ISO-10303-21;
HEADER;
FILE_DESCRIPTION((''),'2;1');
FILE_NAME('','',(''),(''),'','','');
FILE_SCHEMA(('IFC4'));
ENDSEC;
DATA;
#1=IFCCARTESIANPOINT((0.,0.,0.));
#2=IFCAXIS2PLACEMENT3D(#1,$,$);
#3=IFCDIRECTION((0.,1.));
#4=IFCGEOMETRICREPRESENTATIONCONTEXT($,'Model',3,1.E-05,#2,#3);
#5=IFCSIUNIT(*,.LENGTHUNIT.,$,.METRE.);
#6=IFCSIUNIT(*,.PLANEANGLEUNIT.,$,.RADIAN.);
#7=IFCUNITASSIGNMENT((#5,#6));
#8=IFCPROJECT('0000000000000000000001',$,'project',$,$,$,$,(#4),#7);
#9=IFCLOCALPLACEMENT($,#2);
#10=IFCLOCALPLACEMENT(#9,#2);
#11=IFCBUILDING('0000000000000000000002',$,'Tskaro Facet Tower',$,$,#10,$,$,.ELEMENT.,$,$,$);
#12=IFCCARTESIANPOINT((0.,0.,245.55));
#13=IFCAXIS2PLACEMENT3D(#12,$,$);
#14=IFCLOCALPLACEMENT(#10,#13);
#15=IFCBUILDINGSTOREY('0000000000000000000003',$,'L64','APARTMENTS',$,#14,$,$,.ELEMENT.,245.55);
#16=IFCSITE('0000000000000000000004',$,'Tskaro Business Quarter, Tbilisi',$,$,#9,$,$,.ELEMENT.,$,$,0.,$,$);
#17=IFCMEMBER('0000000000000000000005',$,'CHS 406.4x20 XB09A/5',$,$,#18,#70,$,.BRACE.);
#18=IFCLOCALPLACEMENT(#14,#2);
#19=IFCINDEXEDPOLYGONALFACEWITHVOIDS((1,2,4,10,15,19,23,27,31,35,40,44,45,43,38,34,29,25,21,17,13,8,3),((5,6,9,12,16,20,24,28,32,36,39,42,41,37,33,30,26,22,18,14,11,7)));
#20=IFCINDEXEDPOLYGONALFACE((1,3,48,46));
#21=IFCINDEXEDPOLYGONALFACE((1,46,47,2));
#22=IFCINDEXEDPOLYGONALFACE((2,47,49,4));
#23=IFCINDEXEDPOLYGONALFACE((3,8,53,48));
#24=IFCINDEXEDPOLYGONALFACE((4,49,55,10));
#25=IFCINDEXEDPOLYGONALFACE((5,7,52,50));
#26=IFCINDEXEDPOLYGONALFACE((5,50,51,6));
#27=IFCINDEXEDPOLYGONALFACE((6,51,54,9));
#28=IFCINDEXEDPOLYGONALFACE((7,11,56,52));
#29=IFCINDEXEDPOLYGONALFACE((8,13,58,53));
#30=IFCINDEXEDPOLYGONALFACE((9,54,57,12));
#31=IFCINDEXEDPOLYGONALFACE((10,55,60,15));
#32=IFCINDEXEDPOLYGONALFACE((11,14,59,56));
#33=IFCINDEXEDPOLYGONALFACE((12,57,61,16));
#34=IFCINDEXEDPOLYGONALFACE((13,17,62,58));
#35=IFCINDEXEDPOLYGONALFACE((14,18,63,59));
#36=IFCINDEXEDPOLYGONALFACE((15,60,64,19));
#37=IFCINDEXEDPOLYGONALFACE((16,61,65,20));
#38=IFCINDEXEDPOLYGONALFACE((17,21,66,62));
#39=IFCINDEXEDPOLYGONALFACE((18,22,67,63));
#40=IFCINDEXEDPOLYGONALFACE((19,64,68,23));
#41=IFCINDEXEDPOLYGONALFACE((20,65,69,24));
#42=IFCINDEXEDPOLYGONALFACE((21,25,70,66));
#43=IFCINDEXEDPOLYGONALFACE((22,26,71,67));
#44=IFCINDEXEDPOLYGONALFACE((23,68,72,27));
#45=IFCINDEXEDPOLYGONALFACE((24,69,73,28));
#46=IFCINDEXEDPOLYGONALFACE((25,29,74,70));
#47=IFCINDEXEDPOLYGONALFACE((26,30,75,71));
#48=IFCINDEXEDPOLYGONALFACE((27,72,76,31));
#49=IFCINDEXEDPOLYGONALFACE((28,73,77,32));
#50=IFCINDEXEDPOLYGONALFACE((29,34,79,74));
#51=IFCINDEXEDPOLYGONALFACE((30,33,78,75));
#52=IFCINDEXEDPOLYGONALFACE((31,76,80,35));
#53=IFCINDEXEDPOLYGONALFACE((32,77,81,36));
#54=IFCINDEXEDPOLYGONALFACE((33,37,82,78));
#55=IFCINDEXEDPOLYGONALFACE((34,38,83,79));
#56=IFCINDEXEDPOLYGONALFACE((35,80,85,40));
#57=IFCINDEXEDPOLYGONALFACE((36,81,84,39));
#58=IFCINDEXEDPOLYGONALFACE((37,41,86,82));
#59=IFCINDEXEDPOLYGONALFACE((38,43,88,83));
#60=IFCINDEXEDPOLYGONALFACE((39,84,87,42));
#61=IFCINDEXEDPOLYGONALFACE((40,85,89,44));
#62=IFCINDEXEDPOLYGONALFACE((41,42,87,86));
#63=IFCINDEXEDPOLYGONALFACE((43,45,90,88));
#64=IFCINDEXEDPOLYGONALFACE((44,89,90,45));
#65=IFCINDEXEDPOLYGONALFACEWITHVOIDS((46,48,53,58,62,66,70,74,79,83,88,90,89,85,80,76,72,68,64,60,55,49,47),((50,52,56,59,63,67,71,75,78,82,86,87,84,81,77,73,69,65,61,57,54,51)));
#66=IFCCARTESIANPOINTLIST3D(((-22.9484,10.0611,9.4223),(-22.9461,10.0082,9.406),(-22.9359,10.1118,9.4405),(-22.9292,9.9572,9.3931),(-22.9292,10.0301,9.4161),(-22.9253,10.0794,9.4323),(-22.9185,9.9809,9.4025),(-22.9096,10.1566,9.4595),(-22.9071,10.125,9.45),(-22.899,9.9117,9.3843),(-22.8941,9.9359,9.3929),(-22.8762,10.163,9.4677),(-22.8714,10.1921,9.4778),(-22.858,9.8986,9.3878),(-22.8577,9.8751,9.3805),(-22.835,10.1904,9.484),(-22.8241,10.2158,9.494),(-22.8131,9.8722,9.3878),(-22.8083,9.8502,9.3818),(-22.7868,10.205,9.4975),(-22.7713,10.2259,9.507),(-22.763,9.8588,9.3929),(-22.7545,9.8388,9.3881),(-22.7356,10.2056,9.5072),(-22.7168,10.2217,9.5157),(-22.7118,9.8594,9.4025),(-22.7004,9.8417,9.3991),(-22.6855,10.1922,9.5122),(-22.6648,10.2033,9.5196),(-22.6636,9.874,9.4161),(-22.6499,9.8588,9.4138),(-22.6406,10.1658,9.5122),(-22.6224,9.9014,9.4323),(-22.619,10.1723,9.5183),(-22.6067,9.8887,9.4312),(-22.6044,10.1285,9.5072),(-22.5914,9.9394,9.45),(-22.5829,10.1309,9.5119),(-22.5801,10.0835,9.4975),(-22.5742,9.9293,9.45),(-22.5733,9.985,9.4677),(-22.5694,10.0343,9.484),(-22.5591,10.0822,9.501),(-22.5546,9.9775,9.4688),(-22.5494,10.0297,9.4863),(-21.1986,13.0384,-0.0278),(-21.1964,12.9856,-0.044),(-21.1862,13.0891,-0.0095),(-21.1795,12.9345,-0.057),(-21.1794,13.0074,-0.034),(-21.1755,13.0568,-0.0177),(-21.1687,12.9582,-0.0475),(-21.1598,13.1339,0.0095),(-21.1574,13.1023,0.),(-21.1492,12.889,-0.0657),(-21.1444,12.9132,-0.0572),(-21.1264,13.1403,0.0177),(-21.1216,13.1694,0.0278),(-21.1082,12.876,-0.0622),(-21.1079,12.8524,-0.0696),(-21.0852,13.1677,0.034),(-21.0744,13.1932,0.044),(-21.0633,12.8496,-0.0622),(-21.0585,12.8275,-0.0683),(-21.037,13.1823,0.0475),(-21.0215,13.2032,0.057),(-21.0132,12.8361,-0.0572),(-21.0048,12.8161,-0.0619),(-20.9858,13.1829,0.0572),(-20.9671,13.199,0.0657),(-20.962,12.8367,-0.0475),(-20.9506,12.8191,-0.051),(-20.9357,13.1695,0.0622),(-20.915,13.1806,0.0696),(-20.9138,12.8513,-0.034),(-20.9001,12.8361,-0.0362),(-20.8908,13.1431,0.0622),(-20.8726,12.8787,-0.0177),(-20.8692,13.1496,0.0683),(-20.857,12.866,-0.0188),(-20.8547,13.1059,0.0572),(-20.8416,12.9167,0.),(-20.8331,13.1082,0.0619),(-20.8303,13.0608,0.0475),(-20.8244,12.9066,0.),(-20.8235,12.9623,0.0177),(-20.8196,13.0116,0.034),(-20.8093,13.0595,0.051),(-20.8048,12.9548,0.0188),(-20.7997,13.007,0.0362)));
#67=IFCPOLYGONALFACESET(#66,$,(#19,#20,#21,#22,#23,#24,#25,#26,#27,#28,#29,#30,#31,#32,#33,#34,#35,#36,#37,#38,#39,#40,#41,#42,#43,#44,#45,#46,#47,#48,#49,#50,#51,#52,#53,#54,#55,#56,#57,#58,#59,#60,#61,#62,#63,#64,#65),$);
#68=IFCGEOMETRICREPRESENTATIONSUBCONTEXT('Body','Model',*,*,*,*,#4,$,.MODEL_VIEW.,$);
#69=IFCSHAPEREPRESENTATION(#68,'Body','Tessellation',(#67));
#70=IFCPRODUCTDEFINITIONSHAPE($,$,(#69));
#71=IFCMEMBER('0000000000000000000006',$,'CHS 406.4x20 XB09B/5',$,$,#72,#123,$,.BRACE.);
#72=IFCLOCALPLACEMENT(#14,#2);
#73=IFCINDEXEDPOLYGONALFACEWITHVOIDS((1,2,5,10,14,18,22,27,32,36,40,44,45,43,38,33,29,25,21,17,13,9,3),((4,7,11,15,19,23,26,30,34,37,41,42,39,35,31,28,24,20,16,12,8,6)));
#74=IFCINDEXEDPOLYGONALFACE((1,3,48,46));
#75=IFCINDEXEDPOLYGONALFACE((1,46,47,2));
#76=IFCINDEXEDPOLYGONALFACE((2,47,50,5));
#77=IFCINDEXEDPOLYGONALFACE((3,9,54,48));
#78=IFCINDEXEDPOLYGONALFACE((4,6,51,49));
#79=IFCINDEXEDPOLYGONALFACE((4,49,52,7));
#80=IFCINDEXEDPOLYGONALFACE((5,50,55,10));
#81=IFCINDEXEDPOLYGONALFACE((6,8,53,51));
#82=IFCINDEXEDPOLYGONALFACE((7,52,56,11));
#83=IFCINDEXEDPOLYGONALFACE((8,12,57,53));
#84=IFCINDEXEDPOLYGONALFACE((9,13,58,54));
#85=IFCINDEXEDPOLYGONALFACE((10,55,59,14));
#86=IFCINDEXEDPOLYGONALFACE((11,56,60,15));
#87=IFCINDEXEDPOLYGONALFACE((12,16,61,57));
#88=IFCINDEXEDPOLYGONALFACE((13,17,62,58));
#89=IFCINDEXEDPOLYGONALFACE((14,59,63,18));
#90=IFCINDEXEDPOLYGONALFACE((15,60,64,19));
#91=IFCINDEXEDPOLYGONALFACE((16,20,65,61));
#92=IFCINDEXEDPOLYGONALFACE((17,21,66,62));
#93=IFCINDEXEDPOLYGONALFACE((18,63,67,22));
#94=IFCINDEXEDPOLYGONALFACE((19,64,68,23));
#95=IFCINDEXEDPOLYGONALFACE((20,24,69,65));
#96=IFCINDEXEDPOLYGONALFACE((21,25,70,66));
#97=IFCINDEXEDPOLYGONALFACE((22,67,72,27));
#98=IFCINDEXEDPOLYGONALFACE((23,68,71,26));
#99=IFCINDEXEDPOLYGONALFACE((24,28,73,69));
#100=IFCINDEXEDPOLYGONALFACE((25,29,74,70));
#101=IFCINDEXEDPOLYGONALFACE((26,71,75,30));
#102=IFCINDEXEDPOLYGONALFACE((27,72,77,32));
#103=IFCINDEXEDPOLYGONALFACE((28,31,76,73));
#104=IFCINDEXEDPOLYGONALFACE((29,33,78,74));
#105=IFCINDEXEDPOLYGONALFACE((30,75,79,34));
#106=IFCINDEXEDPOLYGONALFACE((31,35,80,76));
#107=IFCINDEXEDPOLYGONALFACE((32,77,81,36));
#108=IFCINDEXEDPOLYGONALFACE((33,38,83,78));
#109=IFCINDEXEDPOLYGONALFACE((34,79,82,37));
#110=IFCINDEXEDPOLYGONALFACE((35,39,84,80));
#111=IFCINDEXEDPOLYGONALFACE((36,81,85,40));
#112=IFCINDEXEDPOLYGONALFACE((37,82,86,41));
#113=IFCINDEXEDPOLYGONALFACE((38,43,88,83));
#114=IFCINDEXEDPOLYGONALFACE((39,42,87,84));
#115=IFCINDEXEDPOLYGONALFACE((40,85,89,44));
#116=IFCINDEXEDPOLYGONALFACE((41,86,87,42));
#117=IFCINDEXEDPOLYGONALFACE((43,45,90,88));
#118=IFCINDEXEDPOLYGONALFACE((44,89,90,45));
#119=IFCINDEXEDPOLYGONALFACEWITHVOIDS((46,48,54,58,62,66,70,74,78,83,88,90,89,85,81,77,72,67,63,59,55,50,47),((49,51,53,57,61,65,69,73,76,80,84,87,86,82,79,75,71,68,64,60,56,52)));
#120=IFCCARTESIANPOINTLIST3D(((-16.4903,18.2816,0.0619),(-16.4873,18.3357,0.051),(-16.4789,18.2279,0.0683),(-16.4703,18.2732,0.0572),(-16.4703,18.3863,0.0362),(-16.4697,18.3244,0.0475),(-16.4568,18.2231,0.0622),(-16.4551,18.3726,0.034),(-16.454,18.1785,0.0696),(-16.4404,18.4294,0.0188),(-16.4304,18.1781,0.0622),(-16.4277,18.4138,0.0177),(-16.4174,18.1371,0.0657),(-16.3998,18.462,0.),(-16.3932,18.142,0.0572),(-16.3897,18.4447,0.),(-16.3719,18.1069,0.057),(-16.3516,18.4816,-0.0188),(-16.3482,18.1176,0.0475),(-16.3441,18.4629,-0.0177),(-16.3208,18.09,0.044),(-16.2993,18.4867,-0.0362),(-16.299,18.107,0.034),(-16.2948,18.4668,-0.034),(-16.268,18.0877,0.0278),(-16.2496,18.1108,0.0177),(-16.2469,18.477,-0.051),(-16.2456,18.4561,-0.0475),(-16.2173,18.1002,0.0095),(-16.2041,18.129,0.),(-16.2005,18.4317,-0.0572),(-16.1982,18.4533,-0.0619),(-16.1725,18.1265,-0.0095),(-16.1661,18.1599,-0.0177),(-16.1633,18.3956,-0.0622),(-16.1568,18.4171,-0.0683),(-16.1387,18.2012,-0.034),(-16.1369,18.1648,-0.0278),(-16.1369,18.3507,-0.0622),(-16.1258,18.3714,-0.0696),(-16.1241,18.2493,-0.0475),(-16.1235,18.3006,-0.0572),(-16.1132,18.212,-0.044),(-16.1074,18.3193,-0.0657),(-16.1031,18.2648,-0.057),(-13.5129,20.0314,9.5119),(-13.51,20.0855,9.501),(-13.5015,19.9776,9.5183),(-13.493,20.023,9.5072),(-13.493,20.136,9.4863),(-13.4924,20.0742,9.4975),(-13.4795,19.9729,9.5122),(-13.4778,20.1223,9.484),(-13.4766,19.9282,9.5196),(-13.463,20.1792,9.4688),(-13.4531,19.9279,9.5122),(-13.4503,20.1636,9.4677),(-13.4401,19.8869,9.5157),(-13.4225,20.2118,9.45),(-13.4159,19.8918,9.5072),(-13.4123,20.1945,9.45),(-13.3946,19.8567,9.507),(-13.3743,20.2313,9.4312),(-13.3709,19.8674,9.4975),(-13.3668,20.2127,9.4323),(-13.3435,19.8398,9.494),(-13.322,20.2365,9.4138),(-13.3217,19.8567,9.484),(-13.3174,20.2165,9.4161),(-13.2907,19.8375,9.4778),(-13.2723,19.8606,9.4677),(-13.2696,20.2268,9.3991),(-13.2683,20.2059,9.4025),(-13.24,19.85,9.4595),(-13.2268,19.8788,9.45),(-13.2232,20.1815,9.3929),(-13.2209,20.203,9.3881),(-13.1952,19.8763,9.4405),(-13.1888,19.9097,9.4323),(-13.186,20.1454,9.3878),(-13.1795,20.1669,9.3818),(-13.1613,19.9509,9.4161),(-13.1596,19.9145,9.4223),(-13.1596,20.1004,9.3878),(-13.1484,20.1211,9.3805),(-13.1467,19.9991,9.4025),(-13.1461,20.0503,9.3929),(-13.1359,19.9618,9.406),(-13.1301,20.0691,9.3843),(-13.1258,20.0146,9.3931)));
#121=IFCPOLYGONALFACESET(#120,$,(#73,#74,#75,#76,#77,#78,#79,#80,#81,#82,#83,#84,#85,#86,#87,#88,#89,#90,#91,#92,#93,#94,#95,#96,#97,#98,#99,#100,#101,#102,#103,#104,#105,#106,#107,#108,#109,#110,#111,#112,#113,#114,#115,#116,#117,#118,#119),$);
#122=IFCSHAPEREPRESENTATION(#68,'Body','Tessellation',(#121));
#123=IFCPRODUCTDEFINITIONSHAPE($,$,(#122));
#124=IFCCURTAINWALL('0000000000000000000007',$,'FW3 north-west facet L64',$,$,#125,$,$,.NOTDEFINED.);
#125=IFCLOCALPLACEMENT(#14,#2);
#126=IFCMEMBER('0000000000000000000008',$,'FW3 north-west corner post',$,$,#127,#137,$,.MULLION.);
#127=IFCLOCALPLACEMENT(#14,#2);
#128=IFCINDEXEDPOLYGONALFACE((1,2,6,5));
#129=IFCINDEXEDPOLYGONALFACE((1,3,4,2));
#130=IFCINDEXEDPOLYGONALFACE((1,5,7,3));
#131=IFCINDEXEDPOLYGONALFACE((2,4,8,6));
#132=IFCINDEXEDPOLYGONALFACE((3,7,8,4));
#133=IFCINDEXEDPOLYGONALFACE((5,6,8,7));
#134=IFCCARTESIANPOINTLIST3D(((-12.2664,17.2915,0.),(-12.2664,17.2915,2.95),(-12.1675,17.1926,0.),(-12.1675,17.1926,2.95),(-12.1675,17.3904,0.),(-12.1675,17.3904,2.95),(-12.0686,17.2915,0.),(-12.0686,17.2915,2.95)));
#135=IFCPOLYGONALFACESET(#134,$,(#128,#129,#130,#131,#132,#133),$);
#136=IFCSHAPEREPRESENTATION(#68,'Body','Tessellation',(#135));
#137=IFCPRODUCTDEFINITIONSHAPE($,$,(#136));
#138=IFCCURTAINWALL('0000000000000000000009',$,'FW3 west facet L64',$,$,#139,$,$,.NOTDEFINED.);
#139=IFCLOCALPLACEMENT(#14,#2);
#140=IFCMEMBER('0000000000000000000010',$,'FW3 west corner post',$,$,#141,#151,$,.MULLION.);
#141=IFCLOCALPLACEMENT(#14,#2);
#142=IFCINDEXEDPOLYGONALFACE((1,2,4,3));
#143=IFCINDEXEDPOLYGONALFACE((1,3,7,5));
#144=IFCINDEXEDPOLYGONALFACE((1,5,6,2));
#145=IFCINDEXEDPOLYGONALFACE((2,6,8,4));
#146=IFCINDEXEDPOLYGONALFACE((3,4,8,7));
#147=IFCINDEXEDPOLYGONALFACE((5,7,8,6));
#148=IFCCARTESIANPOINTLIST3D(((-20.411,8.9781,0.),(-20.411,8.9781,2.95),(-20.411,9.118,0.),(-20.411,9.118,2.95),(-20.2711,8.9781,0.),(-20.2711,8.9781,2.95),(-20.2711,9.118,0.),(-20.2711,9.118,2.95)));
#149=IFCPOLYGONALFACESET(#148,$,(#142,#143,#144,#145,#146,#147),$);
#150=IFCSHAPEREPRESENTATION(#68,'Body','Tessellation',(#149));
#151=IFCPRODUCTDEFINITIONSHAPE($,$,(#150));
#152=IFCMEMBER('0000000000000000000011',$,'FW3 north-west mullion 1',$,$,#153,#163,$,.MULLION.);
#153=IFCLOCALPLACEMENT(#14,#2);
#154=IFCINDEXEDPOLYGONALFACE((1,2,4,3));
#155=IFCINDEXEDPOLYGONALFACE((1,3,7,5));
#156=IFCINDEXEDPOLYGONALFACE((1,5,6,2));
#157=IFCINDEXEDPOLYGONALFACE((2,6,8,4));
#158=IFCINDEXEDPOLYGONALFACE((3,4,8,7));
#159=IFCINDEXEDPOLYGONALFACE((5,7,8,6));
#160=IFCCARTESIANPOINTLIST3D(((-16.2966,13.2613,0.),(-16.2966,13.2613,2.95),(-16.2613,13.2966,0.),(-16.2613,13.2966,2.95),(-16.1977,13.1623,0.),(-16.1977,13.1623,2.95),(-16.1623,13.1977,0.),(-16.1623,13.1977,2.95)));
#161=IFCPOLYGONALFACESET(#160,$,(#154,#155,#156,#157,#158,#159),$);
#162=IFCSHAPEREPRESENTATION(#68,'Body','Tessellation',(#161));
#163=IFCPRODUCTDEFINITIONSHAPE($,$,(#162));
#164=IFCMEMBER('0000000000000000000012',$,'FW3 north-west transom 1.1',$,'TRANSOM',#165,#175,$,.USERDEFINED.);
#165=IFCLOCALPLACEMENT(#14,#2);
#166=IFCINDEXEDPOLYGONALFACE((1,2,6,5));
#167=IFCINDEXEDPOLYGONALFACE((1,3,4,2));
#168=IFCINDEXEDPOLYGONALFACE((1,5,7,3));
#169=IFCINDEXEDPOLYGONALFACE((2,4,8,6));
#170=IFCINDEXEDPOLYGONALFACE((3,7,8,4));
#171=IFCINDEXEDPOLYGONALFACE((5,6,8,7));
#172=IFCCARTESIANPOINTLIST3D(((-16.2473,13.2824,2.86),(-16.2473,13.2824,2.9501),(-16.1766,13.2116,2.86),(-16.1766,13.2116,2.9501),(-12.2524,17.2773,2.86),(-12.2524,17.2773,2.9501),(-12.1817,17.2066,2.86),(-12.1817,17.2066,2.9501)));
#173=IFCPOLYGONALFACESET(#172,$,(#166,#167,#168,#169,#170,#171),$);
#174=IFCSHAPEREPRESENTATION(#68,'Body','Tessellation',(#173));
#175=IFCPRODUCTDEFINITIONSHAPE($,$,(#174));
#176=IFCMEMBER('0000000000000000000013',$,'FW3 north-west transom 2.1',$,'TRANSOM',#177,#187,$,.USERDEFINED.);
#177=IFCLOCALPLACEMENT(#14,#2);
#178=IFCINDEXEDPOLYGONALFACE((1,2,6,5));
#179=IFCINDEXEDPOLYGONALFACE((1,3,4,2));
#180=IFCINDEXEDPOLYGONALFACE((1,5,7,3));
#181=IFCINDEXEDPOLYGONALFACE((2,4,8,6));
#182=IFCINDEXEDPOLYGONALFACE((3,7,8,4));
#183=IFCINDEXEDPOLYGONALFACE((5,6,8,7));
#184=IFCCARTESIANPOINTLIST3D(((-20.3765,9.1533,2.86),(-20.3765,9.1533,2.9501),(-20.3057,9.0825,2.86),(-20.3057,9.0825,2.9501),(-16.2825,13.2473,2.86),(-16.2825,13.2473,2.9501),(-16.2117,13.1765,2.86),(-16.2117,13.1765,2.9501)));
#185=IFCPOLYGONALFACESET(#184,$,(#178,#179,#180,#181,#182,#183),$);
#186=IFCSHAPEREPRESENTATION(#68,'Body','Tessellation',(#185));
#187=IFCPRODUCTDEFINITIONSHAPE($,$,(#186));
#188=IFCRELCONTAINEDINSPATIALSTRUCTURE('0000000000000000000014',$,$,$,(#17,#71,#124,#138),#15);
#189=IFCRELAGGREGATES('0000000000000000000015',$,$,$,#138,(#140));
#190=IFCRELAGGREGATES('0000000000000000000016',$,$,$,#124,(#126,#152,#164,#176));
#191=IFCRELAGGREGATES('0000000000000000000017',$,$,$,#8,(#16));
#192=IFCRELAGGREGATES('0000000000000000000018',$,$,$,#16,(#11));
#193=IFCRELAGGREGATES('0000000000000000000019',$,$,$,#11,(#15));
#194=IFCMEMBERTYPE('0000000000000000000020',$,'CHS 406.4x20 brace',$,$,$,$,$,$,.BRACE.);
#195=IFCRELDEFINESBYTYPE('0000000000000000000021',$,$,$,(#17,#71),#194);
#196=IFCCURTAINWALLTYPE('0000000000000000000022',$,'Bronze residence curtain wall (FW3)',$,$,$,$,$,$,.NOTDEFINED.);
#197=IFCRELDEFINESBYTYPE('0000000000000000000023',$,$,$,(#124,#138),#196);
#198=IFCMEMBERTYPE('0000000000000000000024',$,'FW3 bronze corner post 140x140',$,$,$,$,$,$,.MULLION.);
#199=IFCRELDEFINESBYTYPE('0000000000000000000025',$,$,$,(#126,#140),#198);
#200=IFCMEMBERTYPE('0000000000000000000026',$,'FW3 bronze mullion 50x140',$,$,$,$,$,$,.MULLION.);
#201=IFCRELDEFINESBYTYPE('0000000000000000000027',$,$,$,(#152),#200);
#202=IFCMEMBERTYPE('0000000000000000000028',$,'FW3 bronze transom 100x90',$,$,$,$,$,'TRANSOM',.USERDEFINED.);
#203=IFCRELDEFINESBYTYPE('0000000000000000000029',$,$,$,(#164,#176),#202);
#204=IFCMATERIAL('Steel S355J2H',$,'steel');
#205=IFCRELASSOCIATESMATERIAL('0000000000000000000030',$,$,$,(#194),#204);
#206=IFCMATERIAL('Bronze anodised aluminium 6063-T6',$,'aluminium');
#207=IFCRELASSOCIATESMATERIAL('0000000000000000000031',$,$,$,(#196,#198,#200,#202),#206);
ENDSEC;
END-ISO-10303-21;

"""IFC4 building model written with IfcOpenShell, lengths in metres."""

from ifc_helpers import new_model, si_unit, direction, frame, origin, origin_2d, place, context, subcontext, project, spatial, rectangle, hollow_circle, extrude, material, material_profile, profile_set, type_object, element, aggregate, save


model = new_model("IFC4")

# Units and contexts
model_context = context("Model", 3, precision=1e-05, world=origin(), true_north=direction((0.0, 1.0)))
body_context = subcontext(model_context, "Body", "Model", "MODEL_VIEW")
ifc_project = project(units=[si_unit("LENGTHUNIT", "METRE"), si_unit("PLANEANGLEUNIT", "RADIAN")], contexts=[model_context])

# Site, building, storey
site_placement = place(None, origin())
site = spatial("IfcSite", under=ifc_project, at=site_placement, Name="Tskaro Business Quarter, Tbilisi", CompositionType="ELEMENT", RefElevation=0.0)
building_placement = place(site_placement, origin())
building = spatial("IfcBuilding", under=site, at=building_placement, Name="Tskaro Facet Tower", CompositionType="ELEMENT")
storey_placement = place(building_placement, frame((0.0, 0.0, 245.55)))
storey = spatial("IfcBuildingStorey", under=building, at=storey_placement, Name="L64", Description="APARTMENTS", CompositionType="ELEMENT", Elevation=245.55)

# Shared definitions
ifc_material_1 = material(Name="Steel S355J2H", Category="steel")

# Members
ifc_material_profile_1 = material_profile(ifc_material_1, hollow_circle(Radius=0.2031, WallThickness=0.02, at=origin_2d()), Name="CHS 406.4x20")
ifc_profile_set_1 = profile_set([ifc_material_profile_1], Name="Steel S355J2H")
member_type_1 = type_object("IfcMemberType", Name="CHS 406.4x20 brace", PredefinedType="BRACE", material=ifc_profile_set_1)
for number, where, z_axis, x_axis, name in (
    (1, (-20.9995, 13.0095, 0.0), (-0.173911, -0.295919, 0.939248), (0.862136, -0.506677, 0.0), "CHS 406.4x20 XB09A/5"),
    (2, (-16.2969, 18.2869, 0.0), (0.295919, 0.173911, 0.939248), (-0.506677, 0.862136, 0.0), "CHS 406.4x20 XB09B/5"),
):
    element("IfcMember", number, at=place(storey_placement, frame(where, z_axis=z_axis, x_axis=x_axis)), inside=storey, type_object=member_type_1, Name=name, PredefinedType="BRACE", context=body_context, shape_type="SweptSolid", body=[
        extrude(hollow_circle(Radius=0.2031, WallThickness=0.02, at=origin_2d()), origin(), (0.0, 0.0, 1.0), 10.0613),
    ])

# Curtain walls, members
ifc_material_2 = material(Name="Bronze anodised aluminium 6063-T6", Category="aluminium")
curtain_wall_type = type_object("IfcCurtainWallType", Name="Bronze residence curtain wall (FW3)", PredefinedType="NOTDEFINED", material=ifc_material_2)
curtain_wall_1_placement = place(storey_placement, origin())
curtain_wall_1 = element("IfcCurtainWall", 3, at=curtain_wall_1_placement, inside=storey, type_object=curtain_wall_type, Name="FW3 north-west facet L64", PredefinedType="NOTDEFINED")
ifc_material_profile_2 = material_profile(ifc_material_2, rectangle(XDim=0.1399, YDim=0.1399, at=origin_2d()), Name="Corner post 140x140")
ifc_profile_set_2 = profile_set([ifc_material_profile_2], Name="Bronze anodised aluminium 6063-T6")
member_type_2 = type_object("IfcMemberType", Name="FW3 bronze corner post 140x140", PredefinedType="MULLION", material=ifc_profile_set_2)
member_1_placement = place(storey_placement, frame((-12.1675, 17.2915, 0.0), z_axis=(0.0, 0.0, 1.0), x_axis=(-0.707107, -0.707107, 0.0)))
member_1 = element("IfcMember", 4, at=member_1_placement, type_object=member_type_2, Name="FW3 north-west corner post", PredefinedType="MULLION", context=body_context, shape_type="SweptSolid", body=[
    extrude(rectangle(XDim=0.1399, YDim=0.1399, at=origin_2d()), origin(), (0.0, 0.0, 1.0), 2.95),
])
curtain_wall_2_placement = place(storey_placement, origin())
curtain_wall_2 = element("IfcCurtainWall", 5, at=curtain_wall_2_placement, inside=storey, type_object=curtain_wall_type, Name="FW3 west facet L64", PredefinedType="NOTDEFINED")
member_2_placement = place(storey_placement, frame((-20.3411, 9.0481, 0.0), z_axis=(0.0, 0.0, 1.0), x_axis=(0.0, -1.0, 0.0)))
member_2 = element("IfcMember", 6, at=member_2_placement, type_object=member_type_2, Name="FW3 west corner post", PredefinedType="MULLION", context=body_context, shape_type="SweptSolid", body=[
    extrude(rectangle(XDim=0.1399, YDim=0.1399, at=origin_2d()), origin(), (0.0, 0.0, 1.0), 2.95),
])
aggregate(curtain_wall_2, [member_2])

# Members
ifc_material_profile_3 = material_profile(ifc_material_2, rectangle(XDim=0.05, YDim=0.1399, at=origin_2d()), Name="Mullion 50x140")
ifc_profile_set_3 = profile_set([ifc_material_profile_3], Name="Bronze anodised aluminium 6063-T6")
member_type_3 = type_object("IfcMemberType", Name="FW3 bronze mullion 50x140", PredefinedType="MULLION", material=ifc_profile_set_3)
member_3_placement = place(storey_placement, frame((-16.2295, 13.2295, 0.0), z_axis=(0.0, 0.0, 1.0), x_axis=(-0.707107, -0.707107, 0.0)))
member_3 = element("IfcMember", 7, at=member_3_placement, type_object=member_type_3, Name="FW3 north-west mullion 1", PredefinedType="MULLION", context=body_context, shape_type="SweptSolid", body=[
    extrude(rectangle(XDim=0.05, YDim=0.1399, at=origin_2d()), origin(), (0.0, 0.0, 1.0), 2.95),
])
ifc_material_profile_4 = material_profile(ifc_material_2, rectangle(XDim=0.1001, YDim=0.0901, at=origin_2d()), Name="Transom 100x90")
ifc_profile_set_4 = profile_set([ifc_material_profile_4], Name="Bronze anodised aluminium 6063-T6")
member_type_4 = type_object("IfcMemberType", Name="FW3 bronze transom 100x90", ElementType="TRANSOM", PredefinedType="USERDEFINED", material=ifc_profile_set_4)
member_4_placement = place(storey_placement, frame((-12.217, 17.2419, 2.905), z_axis=(-0.707107, -0.707107, 0.0), x_axis=(0.707107, -0.707107, 0.0)))
member_4 = element("IfcMember", 8, at=member_4_placement, type_object=member_type_4, Name="FW3 north-west transom 1.1", ObjectType="TRANSOM", PredefinedType="USERDEFINED", context=body_context, shape_type="SweptSolid", body=[
    extrude(rectangle(XDim=0.1001, YDim=0.0901, at=origin_2d()), origin(), (0.0, 0.0, 1.0), 5.6497),
])
member_5_placement = place(storey_placement, frame((-16.2471, 13.2119, 2.905), z_axis=(-0.707107, -0.707107, 0.0), x_axis=(0.707107, -0.707107, 0.0)))
member_5 = element("IfcMember", 9, at=member_5_placement, type_object=member_type_4, Name="FW3 north-west transom 2.1", ObjectType="TRANSOM", PredefinedType="USERDEFINED", context=body_context, shape_type="SweptSolid", body=[
    extrude(rectangle(XDim=0.1001, YDim=0.0901, at=origin_2d()), origin(), (0.0, 0.0, 1.0), 5.7898),
])

aggregate(curtain_wall_1, [member_1, member_3, member_4, member_5])

save(model, "model.ifc")
